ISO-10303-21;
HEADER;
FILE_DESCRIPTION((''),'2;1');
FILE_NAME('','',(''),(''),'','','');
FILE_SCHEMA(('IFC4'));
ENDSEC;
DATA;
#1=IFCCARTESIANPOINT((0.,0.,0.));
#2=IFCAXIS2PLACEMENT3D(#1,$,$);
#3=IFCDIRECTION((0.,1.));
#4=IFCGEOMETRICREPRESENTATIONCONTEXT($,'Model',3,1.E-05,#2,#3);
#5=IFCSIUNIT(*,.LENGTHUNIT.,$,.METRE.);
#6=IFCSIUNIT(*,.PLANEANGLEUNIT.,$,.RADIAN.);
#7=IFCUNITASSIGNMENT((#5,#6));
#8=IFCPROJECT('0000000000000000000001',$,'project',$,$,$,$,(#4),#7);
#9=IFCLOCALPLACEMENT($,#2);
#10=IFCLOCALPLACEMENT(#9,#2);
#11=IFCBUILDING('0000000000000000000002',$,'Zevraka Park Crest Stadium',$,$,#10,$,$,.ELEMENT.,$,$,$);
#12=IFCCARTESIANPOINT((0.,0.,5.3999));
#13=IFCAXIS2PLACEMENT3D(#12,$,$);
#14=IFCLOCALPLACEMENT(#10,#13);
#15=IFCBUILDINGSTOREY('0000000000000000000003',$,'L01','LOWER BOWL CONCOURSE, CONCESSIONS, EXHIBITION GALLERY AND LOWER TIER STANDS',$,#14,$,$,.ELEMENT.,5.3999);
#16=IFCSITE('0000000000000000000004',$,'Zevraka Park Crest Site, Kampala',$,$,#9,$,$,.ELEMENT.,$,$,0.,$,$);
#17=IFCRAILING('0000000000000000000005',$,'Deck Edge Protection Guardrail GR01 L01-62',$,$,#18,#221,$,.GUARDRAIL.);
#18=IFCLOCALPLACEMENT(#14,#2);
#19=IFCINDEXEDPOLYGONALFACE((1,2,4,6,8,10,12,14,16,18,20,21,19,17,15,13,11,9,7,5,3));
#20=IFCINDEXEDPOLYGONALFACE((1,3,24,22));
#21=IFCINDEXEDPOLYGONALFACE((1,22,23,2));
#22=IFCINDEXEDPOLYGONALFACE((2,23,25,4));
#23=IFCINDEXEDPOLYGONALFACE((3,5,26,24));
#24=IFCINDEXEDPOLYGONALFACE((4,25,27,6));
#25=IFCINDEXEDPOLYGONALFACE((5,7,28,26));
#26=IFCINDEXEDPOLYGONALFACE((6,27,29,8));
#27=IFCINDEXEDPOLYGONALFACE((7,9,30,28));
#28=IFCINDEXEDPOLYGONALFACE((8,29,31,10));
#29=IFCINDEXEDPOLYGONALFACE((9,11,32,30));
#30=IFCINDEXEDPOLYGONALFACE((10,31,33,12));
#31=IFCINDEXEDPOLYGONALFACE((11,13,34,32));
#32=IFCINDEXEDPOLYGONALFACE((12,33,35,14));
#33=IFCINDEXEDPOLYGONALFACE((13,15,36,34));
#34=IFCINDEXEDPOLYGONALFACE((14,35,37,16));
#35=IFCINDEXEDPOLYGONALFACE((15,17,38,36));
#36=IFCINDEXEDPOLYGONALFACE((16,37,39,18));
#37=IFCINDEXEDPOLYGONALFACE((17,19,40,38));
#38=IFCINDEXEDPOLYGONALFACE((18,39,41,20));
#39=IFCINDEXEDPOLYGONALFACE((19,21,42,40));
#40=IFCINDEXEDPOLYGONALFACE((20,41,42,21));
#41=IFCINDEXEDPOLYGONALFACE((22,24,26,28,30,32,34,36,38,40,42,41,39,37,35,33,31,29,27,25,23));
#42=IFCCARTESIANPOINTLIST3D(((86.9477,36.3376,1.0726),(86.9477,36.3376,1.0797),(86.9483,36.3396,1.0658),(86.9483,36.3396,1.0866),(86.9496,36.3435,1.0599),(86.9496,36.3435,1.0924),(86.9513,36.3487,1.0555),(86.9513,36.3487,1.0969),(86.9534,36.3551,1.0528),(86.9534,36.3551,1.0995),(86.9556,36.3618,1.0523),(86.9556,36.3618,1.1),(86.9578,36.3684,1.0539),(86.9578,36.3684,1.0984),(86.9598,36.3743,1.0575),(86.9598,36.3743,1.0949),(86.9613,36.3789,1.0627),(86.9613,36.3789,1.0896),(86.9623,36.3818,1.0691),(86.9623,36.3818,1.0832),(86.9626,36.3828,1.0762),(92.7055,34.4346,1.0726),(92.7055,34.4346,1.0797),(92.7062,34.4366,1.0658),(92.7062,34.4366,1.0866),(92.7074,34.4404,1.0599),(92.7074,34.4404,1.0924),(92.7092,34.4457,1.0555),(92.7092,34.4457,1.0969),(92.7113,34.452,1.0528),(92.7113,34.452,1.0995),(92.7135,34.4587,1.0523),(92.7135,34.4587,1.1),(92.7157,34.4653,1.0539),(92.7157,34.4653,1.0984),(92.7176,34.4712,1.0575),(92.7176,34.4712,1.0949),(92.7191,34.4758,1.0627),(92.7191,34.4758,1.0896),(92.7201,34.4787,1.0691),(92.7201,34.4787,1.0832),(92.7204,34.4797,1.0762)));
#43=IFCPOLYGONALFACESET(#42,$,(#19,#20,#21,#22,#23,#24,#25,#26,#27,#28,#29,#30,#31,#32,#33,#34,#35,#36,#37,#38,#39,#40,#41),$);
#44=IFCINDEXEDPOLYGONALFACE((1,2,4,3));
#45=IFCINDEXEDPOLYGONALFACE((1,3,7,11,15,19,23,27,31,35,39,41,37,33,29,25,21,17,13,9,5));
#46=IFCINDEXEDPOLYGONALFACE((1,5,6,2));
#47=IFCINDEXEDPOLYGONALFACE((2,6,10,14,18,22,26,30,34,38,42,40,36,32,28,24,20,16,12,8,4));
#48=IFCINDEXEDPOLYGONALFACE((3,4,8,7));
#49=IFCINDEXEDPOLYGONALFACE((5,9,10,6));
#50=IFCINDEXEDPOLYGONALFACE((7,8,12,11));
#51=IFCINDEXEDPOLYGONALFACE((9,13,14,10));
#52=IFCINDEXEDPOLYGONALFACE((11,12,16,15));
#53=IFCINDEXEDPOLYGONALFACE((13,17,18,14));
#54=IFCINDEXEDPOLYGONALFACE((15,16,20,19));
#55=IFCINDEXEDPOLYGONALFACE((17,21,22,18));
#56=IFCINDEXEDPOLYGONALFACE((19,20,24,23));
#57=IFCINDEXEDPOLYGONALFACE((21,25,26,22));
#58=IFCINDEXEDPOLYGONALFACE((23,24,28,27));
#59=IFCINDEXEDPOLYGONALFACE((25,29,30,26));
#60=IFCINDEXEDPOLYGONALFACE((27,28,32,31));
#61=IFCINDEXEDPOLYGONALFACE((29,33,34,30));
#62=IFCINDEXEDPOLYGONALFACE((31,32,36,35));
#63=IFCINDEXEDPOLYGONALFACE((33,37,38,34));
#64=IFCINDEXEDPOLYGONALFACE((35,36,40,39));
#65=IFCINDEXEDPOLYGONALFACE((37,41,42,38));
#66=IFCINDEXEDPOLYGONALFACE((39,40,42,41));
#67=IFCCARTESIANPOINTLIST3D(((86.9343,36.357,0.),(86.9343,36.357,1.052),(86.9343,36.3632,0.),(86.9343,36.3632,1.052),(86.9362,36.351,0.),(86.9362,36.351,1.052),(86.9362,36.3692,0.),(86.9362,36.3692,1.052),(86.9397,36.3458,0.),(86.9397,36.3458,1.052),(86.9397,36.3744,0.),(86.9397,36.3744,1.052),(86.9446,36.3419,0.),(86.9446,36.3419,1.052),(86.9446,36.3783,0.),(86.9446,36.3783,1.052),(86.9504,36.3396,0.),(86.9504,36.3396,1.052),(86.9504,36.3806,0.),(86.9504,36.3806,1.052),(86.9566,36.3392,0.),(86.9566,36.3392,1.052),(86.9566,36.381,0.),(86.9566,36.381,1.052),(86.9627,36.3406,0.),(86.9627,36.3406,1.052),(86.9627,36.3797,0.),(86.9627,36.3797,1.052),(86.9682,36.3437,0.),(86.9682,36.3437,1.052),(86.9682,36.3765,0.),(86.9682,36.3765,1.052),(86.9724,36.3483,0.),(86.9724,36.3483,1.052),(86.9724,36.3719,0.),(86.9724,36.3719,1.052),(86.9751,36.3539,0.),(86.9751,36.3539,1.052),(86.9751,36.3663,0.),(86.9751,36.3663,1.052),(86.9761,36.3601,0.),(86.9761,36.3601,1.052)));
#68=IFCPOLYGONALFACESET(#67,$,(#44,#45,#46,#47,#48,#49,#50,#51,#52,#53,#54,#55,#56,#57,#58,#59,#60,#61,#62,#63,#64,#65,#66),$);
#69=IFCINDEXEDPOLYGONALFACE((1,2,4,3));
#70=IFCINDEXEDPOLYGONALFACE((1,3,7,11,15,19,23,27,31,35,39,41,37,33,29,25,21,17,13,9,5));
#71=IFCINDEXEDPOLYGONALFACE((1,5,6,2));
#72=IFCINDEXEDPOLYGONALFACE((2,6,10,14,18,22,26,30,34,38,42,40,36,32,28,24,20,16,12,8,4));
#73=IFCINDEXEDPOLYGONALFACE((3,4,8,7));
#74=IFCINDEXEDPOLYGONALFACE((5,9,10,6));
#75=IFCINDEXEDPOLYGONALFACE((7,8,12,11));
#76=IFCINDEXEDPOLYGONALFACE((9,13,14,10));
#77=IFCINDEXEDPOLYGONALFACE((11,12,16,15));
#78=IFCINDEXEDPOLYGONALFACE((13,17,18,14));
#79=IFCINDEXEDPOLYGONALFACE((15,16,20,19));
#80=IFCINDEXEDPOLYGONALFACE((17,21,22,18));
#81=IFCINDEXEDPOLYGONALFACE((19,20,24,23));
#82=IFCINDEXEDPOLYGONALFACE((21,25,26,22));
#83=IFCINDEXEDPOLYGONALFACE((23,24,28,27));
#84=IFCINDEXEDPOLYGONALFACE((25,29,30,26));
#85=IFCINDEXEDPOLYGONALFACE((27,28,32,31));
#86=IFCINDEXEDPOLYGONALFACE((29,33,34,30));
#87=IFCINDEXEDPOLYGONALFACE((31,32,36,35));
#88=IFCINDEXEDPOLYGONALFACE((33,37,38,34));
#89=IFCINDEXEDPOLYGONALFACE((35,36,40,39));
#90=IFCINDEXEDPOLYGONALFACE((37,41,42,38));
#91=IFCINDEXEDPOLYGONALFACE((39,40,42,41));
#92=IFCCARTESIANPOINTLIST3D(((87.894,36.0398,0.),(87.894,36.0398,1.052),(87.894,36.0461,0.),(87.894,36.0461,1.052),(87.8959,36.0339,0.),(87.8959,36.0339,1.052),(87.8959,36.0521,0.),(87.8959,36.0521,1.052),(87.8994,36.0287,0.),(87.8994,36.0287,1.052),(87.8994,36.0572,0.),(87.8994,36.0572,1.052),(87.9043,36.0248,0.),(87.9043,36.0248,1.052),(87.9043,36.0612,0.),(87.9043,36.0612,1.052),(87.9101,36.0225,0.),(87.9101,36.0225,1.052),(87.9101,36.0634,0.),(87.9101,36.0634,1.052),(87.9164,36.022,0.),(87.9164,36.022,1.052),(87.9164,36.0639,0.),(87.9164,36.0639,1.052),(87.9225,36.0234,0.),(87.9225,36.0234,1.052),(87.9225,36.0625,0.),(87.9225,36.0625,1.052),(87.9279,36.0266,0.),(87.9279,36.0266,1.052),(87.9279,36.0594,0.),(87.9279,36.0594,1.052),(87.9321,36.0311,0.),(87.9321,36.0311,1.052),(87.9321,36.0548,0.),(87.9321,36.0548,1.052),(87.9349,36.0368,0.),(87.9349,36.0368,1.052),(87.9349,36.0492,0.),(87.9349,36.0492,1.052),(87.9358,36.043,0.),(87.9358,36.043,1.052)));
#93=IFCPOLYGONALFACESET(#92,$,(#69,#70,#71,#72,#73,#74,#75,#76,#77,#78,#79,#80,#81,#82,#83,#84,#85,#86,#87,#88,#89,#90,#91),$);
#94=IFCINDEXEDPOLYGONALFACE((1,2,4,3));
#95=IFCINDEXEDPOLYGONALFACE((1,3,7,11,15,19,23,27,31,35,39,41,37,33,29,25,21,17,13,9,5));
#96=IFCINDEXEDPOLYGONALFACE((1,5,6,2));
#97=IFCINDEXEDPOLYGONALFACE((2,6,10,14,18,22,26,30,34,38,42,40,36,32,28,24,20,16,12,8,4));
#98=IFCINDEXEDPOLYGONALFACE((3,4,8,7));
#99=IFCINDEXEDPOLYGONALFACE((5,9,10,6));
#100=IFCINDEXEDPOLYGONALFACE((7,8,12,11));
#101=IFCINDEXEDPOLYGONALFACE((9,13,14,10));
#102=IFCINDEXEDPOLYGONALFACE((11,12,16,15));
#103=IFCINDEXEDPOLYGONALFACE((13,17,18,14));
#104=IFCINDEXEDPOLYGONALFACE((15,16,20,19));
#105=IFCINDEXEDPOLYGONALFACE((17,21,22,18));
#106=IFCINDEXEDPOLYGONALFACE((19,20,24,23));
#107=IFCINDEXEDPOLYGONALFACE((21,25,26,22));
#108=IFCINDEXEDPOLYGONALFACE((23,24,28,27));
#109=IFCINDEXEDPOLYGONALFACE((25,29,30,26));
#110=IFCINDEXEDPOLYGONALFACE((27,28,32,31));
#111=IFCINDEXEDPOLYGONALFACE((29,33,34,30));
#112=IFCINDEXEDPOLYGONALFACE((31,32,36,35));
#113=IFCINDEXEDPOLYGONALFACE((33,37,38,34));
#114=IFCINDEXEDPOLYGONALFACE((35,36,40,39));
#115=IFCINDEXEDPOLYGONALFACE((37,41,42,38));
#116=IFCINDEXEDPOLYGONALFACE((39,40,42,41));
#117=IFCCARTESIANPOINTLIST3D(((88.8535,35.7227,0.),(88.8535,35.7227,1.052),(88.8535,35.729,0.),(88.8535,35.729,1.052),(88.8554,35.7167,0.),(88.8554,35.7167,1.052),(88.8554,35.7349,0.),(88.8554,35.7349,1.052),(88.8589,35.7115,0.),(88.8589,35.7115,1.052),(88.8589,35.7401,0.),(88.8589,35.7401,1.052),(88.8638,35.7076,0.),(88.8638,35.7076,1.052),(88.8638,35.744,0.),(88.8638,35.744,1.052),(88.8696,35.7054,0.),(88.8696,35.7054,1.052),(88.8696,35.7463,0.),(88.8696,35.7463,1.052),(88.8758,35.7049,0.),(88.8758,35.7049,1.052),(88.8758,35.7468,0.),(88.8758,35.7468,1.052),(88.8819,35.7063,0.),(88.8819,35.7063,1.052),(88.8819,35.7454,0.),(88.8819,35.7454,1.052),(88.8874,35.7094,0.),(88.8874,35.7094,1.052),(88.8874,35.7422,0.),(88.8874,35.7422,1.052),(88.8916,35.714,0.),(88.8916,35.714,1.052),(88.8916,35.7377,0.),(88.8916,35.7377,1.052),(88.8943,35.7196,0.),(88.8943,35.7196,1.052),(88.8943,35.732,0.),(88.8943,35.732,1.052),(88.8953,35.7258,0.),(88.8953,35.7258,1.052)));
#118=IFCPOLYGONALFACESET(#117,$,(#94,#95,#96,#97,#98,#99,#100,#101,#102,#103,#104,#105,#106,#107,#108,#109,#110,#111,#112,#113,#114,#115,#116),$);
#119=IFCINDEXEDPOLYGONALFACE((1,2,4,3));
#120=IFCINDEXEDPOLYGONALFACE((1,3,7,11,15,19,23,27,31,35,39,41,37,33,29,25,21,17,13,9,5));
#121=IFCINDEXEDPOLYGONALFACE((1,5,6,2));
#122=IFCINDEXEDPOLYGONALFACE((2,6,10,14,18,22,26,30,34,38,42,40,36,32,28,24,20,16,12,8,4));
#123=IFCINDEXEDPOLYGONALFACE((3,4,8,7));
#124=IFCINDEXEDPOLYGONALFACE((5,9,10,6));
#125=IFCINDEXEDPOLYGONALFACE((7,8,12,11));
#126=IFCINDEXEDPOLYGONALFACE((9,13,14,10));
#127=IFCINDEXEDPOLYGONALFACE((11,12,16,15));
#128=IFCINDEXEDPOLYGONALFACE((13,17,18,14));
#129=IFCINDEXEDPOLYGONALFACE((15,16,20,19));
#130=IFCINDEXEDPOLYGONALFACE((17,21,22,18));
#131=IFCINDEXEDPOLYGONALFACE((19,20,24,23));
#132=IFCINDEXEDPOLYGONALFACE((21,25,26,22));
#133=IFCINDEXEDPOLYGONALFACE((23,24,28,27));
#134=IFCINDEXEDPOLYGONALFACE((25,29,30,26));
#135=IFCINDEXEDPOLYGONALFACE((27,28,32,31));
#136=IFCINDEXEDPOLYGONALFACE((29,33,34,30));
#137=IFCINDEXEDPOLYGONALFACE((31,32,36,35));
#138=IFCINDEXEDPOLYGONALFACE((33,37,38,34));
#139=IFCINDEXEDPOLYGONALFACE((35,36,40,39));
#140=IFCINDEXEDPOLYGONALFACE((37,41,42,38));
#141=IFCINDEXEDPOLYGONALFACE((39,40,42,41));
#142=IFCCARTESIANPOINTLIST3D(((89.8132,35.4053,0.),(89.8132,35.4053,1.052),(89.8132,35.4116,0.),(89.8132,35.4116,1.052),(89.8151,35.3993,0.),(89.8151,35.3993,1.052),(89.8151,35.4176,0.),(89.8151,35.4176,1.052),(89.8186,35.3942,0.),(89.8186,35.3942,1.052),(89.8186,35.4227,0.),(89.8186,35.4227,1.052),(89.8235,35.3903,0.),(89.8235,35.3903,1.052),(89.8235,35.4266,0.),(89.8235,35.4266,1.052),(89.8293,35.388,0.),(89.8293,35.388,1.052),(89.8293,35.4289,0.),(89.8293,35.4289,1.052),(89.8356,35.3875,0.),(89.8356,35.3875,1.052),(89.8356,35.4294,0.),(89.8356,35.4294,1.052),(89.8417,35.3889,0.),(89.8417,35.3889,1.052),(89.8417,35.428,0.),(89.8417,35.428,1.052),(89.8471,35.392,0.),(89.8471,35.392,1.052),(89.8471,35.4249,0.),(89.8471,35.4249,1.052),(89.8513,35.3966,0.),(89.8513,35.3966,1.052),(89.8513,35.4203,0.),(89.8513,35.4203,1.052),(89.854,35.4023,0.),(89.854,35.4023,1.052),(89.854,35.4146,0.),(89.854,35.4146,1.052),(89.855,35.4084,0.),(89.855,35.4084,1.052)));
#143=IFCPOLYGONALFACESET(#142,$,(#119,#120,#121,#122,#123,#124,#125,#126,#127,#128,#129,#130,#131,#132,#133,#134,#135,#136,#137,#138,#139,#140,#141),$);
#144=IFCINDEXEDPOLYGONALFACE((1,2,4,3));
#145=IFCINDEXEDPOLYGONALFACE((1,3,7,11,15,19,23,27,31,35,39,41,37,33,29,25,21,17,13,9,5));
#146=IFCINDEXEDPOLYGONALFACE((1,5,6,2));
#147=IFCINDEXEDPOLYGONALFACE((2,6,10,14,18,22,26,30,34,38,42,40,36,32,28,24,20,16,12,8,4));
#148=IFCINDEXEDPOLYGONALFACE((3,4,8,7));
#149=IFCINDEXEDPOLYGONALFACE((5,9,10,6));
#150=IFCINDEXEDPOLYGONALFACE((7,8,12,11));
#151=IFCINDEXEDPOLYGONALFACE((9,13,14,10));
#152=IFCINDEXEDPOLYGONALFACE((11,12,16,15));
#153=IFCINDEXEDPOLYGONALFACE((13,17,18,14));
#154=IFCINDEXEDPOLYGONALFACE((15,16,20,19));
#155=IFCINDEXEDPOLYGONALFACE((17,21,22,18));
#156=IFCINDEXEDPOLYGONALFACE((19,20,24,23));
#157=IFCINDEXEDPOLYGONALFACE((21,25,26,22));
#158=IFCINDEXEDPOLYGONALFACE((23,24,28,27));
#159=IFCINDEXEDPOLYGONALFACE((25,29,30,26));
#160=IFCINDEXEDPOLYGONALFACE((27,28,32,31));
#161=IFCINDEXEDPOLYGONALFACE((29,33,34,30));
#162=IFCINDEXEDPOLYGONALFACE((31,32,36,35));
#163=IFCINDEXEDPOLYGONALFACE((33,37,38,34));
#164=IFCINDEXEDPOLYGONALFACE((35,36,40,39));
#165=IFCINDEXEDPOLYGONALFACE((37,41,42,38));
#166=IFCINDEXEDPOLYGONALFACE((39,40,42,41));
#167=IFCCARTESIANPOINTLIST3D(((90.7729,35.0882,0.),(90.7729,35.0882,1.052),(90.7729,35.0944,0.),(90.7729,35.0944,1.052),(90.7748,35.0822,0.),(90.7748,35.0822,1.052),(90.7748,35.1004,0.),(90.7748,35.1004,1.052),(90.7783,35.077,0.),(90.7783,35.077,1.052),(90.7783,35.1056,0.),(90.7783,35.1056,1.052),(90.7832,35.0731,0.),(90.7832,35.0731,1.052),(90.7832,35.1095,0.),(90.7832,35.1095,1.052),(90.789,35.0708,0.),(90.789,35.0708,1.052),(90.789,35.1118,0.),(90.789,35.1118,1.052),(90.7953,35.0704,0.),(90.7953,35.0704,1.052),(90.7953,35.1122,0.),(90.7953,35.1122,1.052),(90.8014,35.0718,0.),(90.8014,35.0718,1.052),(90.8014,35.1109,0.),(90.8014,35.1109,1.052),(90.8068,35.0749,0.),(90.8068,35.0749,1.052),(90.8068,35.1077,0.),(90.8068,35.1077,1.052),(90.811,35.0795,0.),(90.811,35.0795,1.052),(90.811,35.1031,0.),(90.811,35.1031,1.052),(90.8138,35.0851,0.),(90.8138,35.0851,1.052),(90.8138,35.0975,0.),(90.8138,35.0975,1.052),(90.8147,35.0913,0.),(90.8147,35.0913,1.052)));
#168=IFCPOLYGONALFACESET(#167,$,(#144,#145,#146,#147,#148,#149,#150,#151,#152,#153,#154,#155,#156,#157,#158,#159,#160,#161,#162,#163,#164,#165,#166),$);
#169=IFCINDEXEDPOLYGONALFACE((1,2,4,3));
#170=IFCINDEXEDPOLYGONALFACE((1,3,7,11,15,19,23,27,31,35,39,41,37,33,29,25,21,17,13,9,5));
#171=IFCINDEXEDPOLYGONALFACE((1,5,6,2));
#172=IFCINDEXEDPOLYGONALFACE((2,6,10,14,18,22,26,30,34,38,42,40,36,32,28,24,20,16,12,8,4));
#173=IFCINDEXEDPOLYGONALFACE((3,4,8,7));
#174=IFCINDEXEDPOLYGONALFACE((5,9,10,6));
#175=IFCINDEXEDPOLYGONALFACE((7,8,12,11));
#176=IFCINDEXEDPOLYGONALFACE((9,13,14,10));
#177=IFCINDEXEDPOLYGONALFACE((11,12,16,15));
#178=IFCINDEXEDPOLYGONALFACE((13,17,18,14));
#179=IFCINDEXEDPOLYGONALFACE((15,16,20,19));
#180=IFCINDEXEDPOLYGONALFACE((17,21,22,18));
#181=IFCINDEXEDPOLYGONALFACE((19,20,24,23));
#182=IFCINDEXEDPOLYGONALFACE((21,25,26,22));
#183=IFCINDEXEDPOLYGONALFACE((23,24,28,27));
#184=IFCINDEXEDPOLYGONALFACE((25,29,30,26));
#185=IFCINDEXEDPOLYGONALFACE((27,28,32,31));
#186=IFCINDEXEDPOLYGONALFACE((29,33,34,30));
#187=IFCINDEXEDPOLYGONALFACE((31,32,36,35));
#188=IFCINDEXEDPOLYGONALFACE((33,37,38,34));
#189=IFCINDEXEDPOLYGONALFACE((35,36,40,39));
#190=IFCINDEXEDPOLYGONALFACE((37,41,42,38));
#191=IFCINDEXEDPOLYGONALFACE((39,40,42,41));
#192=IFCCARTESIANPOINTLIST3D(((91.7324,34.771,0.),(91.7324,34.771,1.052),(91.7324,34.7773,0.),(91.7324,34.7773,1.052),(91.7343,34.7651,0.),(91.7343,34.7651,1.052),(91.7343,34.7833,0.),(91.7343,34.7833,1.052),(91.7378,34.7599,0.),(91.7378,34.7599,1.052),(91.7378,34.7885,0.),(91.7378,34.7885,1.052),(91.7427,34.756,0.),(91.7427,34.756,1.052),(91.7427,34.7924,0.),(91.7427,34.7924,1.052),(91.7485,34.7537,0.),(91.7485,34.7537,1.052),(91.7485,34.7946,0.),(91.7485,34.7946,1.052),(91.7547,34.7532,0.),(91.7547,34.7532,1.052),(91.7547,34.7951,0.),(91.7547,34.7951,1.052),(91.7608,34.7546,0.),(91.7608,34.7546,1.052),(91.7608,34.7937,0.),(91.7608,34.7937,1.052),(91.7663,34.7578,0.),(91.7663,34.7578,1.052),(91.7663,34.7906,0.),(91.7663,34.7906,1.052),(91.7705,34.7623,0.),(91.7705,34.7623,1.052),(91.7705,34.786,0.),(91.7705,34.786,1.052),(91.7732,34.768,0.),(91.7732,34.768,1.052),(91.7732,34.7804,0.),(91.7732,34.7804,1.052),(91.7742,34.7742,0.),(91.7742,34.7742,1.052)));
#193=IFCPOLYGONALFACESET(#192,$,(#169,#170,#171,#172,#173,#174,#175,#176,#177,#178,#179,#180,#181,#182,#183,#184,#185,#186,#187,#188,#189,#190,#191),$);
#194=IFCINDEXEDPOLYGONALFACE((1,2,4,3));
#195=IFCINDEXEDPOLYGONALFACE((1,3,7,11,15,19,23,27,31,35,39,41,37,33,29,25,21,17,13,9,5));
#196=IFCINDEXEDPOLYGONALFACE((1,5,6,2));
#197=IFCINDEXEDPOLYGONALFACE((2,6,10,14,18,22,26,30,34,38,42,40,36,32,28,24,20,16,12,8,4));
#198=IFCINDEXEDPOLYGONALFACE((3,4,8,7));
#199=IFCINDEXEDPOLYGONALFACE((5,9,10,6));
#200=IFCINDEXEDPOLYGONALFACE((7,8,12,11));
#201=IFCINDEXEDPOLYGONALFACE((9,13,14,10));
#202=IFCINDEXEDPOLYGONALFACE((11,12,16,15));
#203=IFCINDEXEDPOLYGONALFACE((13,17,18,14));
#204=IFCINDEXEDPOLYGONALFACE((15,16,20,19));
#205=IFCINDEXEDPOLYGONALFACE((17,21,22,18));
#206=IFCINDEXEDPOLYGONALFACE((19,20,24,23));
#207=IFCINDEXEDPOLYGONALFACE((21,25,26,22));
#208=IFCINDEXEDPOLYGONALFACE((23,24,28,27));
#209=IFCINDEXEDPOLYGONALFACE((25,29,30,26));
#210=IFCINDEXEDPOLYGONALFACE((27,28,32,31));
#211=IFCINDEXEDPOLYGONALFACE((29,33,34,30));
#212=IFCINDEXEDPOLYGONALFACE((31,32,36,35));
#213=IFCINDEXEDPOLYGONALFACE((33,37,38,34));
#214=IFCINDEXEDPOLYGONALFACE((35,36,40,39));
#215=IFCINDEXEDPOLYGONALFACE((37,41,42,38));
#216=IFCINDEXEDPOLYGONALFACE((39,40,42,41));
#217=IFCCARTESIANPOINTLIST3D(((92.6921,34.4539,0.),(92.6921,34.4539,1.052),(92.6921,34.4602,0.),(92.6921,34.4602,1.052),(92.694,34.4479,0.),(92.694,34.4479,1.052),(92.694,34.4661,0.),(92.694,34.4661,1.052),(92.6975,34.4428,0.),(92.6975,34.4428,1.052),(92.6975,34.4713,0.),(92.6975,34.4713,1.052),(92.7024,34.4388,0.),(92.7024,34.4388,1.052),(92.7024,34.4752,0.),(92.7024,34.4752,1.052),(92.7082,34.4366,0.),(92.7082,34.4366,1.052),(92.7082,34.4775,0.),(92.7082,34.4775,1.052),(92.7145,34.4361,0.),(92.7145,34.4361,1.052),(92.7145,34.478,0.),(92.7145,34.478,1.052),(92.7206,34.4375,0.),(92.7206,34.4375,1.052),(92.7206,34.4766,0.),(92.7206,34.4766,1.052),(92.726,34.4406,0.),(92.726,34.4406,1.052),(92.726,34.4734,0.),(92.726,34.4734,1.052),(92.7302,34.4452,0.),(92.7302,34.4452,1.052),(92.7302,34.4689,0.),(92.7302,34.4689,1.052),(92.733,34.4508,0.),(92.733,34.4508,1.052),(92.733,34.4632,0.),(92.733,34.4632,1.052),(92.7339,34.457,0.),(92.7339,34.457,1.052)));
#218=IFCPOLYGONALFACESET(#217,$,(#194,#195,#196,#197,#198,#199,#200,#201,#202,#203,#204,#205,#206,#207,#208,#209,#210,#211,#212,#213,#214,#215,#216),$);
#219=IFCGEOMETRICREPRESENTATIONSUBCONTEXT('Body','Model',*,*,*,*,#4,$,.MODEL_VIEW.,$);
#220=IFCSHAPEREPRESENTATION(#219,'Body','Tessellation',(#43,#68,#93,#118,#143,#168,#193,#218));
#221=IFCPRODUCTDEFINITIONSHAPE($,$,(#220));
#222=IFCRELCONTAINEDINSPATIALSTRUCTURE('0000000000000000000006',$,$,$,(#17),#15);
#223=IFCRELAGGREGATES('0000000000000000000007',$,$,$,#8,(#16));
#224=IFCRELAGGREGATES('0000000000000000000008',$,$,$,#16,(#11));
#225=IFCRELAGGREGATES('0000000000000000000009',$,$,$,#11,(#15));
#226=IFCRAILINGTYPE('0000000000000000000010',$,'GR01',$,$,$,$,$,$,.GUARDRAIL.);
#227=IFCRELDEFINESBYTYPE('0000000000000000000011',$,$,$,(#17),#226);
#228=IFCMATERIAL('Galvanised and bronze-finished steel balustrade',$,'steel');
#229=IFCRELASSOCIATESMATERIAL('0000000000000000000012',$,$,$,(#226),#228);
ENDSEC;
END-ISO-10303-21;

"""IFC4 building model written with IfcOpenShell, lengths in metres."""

from ifc_helpers import new_model, si_unit, direction, frame, origin, origin_2d, place, context, subcontext, project, spatial, circle, extrude, material, type_object, element, save


model = new_model("IFC4")

# Units and contexts
model_context = context("Model", 3, precision=1e-05, world=origin(), true_north=direction((0.0, 1.0)))
body_context = subcontext(model_context, "Body", "Model", "MODEL_VIEW")
ifc_project = project(units=[si_unit("LENGTHUNIT", "METRE"), si_unit("PLANEANGLEUNIT", "RADIAN")], contexts=[model_context])

# Site, building, storey
site_placement = place(None, origin())
site = spatial("IfcSite", under=ifc_project, at=site_placement, Name="Zevraka Park Crest Site, Kampala", CompositionType="ELEMENT", RefElevation=0.0)
building_placement = place(site_placement, origin())
building = spatial("IfcBuilding", under=site, at=building_placement, Name="Zevraka Park Crest Stadium", CompositionType="ELEMENT")
storey_placement = place(building_placement, frame((0.0, 0.0, 5.3999)))
storey = spatial("IfcBuildingStorey", under=building, at=storey_placement, Name="L01", Description="LOWER BOWL CONCOURSE, CONCESSIONS, EXHIBITION GALLERY AND LOWER TIER STANDS", CompositionType="ELEMENT", Elevation=5.3999)

# Railing
ifc_material_1 = material(Name="Galvanised and bronze-finished steel balustrade", Category="steel")
railing_type_1 = type_object("IfcRailingType", Name="GR01", PredefinedType="GUARDRAIL", material=ifc_material_1)
railing_1_placement = place(storey_placement, frame((86.9551, 36.3601, 0.0)))
element("IfcRailing", 1, at=railing_1_placement, inside=storey, type_object=railing_type_1, Name="Deck Edge Protection Guardrail GR01 L01-62", PredefinedType="GUARDRAIL", context=body_context, shape_type="SweptSolid", body=[
    extrude(circle(Radius=0.0239, at=origin_2d()), frame((0.0, 0.0, 1.0762), z_axis=(0.949481, -0.313823, 0.0), x_axis=(0.313823, 0.949481, 0.0)), (0.0, 0.0, 1.0), 6.0642),
    extrude(circle(Radius=0.021, at=origin_2d()), origin(), (0.0, 0.0, 1.0), 1.052),
    extrude(circle(Radius=0.021, at=origin_2d()), frame((0.9597, -0.3171, 0.0)), (0.0, 0.0, 1.0), 1.052),
    extrude(circle(Radius=0.021, at=origin_2d()), frame((1.9192, -0.6343, 0.0)), (0.0, 0.0, 1.0), 1.052),
    extrude(circle(Radius=0.021, at=origin_2d()), frame((2.8789, -0.9517, 0.0)), (0.0, 0.0, 1.0), 1.052),
    extrude(circle(Radius=0.021, at=origin_2d()), frame((3.8386, -1.2688, 0.0)), (0.0, 0.0, 1.0), 1.052),
    extrude(circle(Radius=0.021, at=origin_2d()), frame((4.7981, -1.5859, 0.0)), (0.0, 0.0, 1.0), 1.052),
    extrude(circle(Radius=0.021, at=origin_2d()), frame((5.7578, -1.9031, 0.0)), (0.0, 0.0, 1.0), 1.052),
])

save(model, "model.ifc")
